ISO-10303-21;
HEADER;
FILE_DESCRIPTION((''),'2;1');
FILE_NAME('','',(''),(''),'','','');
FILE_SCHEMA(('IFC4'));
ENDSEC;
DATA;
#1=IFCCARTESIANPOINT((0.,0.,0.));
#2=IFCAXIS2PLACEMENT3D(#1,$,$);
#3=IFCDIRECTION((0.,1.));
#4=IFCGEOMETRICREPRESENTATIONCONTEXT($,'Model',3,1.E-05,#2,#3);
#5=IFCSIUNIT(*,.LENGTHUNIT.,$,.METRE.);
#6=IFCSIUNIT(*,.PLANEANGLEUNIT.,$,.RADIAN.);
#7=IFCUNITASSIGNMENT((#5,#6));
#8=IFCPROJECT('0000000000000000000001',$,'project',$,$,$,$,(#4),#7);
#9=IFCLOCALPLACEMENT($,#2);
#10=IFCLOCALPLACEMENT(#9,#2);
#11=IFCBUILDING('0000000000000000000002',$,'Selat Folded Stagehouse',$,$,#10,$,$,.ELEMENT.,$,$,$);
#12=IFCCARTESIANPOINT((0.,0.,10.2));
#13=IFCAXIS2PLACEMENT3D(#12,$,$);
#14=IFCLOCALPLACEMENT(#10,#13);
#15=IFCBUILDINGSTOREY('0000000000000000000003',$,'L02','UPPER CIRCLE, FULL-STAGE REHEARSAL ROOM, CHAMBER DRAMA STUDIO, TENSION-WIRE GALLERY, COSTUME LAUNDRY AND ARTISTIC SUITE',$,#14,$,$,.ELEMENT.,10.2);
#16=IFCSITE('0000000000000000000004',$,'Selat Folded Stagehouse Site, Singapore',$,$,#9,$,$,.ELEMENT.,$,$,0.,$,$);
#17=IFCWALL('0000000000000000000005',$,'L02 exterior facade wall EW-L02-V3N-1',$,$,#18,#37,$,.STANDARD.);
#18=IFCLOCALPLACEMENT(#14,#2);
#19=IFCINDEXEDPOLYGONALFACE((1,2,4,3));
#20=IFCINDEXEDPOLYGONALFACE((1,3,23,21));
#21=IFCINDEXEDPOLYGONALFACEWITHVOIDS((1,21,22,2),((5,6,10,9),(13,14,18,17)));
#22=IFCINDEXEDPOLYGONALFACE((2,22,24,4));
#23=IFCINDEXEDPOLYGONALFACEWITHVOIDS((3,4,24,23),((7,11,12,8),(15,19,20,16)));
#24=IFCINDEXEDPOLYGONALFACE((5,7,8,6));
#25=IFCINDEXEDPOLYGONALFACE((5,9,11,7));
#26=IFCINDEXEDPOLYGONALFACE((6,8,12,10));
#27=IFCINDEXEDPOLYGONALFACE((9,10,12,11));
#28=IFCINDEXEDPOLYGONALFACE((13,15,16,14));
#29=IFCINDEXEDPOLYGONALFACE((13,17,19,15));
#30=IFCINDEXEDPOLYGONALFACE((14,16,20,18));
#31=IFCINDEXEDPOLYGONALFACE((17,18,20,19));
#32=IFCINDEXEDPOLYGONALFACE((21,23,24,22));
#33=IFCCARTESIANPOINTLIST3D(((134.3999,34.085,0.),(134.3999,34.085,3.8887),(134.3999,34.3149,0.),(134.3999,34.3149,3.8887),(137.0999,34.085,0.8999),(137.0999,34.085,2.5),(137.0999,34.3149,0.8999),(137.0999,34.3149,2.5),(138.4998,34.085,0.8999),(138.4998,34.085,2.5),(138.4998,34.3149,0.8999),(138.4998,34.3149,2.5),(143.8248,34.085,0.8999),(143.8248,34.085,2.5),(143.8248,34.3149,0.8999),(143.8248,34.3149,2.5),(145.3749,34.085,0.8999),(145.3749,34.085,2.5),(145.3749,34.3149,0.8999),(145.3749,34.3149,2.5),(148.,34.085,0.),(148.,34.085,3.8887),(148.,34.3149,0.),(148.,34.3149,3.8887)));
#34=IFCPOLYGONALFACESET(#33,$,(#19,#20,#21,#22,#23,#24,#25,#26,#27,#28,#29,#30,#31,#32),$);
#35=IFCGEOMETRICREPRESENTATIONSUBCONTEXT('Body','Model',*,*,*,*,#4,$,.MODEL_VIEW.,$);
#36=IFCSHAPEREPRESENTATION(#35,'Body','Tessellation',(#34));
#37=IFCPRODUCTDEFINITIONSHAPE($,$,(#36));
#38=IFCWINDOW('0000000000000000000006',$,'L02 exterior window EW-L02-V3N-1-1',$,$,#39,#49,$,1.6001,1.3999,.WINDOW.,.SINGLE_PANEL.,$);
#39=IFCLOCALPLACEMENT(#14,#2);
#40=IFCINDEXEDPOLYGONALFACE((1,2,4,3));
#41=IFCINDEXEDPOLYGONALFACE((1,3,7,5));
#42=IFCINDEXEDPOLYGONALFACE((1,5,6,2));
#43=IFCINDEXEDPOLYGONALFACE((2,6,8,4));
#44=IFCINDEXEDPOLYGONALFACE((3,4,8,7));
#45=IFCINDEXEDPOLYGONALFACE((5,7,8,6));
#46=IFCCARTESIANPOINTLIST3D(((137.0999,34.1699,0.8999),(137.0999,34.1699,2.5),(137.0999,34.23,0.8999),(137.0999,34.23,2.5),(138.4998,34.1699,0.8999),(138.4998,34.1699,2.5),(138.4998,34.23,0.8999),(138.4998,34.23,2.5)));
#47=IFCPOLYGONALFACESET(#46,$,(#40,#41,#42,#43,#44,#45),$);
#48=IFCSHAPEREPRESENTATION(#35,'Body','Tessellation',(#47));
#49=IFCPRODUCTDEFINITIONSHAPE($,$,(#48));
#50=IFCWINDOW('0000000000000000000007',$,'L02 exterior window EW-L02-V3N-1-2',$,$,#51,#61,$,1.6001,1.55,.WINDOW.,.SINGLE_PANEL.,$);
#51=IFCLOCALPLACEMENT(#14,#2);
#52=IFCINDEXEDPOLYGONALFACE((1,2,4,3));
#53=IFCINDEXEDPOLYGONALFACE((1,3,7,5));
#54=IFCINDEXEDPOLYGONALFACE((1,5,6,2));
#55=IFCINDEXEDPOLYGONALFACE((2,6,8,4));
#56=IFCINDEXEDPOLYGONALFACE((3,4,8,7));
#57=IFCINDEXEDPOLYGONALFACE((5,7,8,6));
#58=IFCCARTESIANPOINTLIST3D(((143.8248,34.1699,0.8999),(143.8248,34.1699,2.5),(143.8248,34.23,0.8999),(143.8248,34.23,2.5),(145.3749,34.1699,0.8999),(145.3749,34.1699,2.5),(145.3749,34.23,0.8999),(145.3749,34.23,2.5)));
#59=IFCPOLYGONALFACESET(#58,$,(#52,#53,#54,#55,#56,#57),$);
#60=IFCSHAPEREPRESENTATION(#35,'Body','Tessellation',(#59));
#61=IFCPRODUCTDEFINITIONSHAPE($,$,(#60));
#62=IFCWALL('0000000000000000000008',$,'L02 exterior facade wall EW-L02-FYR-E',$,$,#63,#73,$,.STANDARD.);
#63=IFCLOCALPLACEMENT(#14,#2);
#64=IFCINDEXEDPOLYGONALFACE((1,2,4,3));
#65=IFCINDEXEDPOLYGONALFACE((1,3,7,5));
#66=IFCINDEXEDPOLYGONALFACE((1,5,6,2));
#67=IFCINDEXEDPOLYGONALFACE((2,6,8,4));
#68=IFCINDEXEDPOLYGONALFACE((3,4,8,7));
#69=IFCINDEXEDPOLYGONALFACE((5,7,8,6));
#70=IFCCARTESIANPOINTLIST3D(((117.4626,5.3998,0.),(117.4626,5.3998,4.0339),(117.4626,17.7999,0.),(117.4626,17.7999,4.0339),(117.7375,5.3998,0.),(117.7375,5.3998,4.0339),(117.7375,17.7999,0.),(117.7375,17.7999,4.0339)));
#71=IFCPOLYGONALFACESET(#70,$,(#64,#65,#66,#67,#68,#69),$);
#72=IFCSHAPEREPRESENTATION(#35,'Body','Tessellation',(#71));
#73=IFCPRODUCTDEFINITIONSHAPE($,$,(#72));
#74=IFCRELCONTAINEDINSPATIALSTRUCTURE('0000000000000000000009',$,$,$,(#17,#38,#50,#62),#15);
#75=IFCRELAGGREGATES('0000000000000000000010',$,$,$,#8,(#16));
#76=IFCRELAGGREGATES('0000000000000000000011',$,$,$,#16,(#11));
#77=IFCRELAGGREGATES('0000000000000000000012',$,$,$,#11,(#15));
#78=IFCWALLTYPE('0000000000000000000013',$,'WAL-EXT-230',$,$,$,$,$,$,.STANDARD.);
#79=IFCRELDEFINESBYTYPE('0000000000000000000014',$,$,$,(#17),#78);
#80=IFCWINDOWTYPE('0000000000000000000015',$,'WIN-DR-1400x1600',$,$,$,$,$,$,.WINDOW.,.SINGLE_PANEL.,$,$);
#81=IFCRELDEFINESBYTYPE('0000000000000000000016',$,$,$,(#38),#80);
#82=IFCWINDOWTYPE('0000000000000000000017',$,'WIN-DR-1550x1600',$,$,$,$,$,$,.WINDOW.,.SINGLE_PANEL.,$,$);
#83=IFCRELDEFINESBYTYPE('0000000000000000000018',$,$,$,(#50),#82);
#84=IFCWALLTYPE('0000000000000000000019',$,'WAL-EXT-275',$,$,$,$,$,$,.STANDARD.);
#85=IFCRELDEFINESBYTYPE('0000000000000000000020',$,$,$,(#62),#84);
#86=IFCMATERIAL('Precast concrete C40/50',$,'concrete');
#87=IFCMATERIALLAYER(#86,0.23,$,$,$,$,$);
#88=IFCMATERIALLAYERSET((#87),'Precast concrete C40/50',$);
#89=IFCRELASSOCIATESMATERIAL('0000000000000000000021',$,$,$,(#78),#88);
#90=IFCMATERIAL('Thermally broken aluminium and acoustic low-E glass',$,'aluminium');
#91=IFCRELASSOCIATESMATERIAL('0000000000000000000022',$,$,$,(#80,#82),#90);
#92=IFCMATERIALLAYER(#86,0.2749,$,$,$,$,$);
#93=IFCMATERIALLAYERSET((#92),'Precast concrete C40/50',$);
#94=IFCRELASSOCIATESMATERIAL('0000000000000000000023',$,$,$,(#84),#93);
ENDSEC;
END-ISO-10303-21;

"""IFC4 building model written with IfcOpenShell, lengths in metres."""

from ifc_helpers import new_model, si_unit, direction, frame, frame_2d, origin, place, context, subcontext, project, spatial, rectangle, extrude, material, layer, layer_set, type_object, element, fill, save


model = new_model("IFC4")

# Units and contexts
model_context = context("Model", 3, precision=1e-05, world=origin(), true_north=direction((0.0, 1.0)))
body_context = subcontext(model_context, "Body", "Model", "MODEL_VIEW")
ifc_project = project(units=[si_unit("LENGTHUNIT", "METRE"), si_unit("PLANEANGLEUNIT", "RADIAN")], contexts=[model_context])

# Site, building, storey
site_placement = place(None, origin())
site = spatial("IfcSite", under=ifc_project, at=site_placement, Name="Selat Folded Stagehouse Site, Singapore", CompositionType="ELEMENT", RefElevation=0.0)
building_placement = place(site_placement, origin())
building = spatial("IfcBuilding", under=site, at=building_placement, Name="Selat Folded Stagehouse", CompositionType="ELEMENT")
storey_placement = place(building_placement, frame((0.0, 0.0, 10.2)))
storey = spatial("IfcBuildingStorey", under=building, at=storey_placement, Name="L02", Description="UPPER CIRCLE, FULL-STAGE REHEARSAL ROOM, CHAMBER DRAMA STUDIO, TENSION-WIRE GALLERY, COSTUME LAUNDRY AND ARTISTIC SUITE", CompositionType="ELEMENT", Elevation=10.2)

# Wall, openings, windows
ifc_material_1 = material(Name="Precast concrete C40/50", Category="concrete")
ifc_layer_1 = layer(ifc_material_1, 0.23)
ifc_layer_set_1 = layer_set([ifc_layer_1], Name="Precast concrete C40/50")
wall_type_1 = type_object("IfcWallType", Name="WAL-EXT-230", PredefinedType="STANDARD", material=ifc_layer_set_1)
ifc_material_2 = material(Name="Thermally broken aluminium and acoustic low-E glass", Category="aluminium")
wall_1_placement = place(storey_placement, frame((134.3999, 34.2, 0.0), z_axis=(0.0, 0.0, 1.0), x_axis=(1.0, 0.0, 0.0)))
wall_1 = element("IfcWall", 1, at=wall_1_placement, inside=storey, type_object=wall_type_1, Name="L02 exterior facade wall EW-L02-V3N-1", PredefinedType="STANDARD", context=body_context, shape_type="SweptSolid", body=[
    extrude(rectangle(XDim=13.6001, YDim=0.23, at=frame_2d((6.8, 0.0))), origin(), (0.0, 0.0, 1.0), 3.8887),
])
opening_1_placement = place(wall_1_placement, frame((2.7, 0.0, 0.8999)))
opening_1 = element("IfcOpeningElement", 2, at=opening_1_placement, cuts=wall_1, PredefinedType="OPENING", context=body_context, shape_type="SweptSolid", body=[
    extrude(rectangle(XDim=1.3999, YDim=1.6001, at=frame_2d((0.7, 0.8))), frame((0.0, 0.125, 0.0), z_axis=(0.0, -1.0, 0.0), x_axis=(1.0, 0.0, 0.0)), (0.0, 0.0, 1.0), 0.25),
])
opening_2_placement = place(wall_1_placement, frame((9.425, 0.0, 0.8999)))
opening_2 = element("IfcOpeningElement", 3, at=opening_2_placement, cuts=wall_1, PredefinedType="OPENING", context=body_context, shape_type="SweptSolid", body=[
    extrude(rectangle(XDim=1.55, YDim=1.6001, at=frame_2d((0.7749, 0.8))), frame((0.0, 0.125, 0.0), z_axis=(0.0, -1.0, 0.0), x_axis=(1.0, 0.0, 0.0)), (0.0, 0.0, 1.0), 0.25),
])
window_type_1 = type_object("IfcWindowType", Name="WIN-DR-1400x1600", PartitioningType="SINGLE_PANEL", PredefinedType="WINDOW", material=ifc_material_2)
window_1_placement = place(opening_1_placement, origin())
window_1 = element("IfcWindow", 4, at=window_1_placement, inside=storey, type_object=window_type_1, Name="L02 exterior window EW-L02-V3N-1-1", OverallHeight=1.6001, OverallWidth=1.3999, PartitioningType="SINGLE_PANEL", PredefinedType="WINDOW", context=body_context, shape_type="SweptSolid", body=[
    extrude(rectangle(XDim=1.3999, YDim=1.6001, at=frame_2d((0.7, 0.8))), frame((0.0, 0.03, 0.0), z_axis=(0.0, -1.0, 0.0), x_axis=(1.0, 0.0, 0.0)), (0.0, 0.0, 1.0), 0.0601),
])
fill(opening_1, window_1)
window_type_2 = type_object("IfcWindowType", Name="WIN-DR-1550x1600", PartitioningType="SINGLE_PANEL", PredefinedType="WINDOW", material=ifc_material_2)
window_2_placement = place(opening_2_placement, origin())
window_2 = element("IfcWindow", 5, at=window_2_placement, inside=storey, type_object=window_type_2, Name="L02 exterior window EW-L02-V3N-1-2", OverallHeight=1.6001, OverallWidth=1.55, PartitioningType="SINGLE_PANEL", PredefinedType="WINDOW", context=body_context, shape_type="SweptSolid", body=[
    extrude(rectangle(XDim=1.55, YDim=1.6001, at=frame_2d((0.7749, 0.8))), frame((0.0, 0.03, 0.0), z_axis=(0.0, -1.0, 0.0), x_axis=(1.0, 0.0, 0.0)), (0.0, 0.0, 1.0), 0.0601),
])
fill(opening_2, window_2)

# Wall
ifc_layer_2 = layer(ifc_material_1, 0.2749)
ifc_layer_set_2 = layer_set([ifc_layer_2], Name="Precast concrete C40/50")
wall_type_2 = type_object("IfcWallType", Name="WAL-EXT-275", PredefinedType="STANDARD", material=ifc_layer_set_2)
wall_2_placement = place(storey_placement, frame((117.6001, 17.8, 0.0), z_axis=(0.0, 0.0, 1.0), x_axis=(0.0, -1.0, 0.0)))
element("IfcWall", 6, at=wall_2_placement, inside=storey, type_object=wall_type_2, Name="L02 exterior facade wall EW-L02-FYR-E", PredefinedType="STANDARD", context=body_context, shape_type="SweptSolid", body=[
    extrude(rectangle(XDim=12.4001, YDim=0.2749, at=frame_2d((6.2002, 0.0))), origin(), (0.0, 0.0, 1.0), 4.0339),
])

save(model, "model.ifc")
